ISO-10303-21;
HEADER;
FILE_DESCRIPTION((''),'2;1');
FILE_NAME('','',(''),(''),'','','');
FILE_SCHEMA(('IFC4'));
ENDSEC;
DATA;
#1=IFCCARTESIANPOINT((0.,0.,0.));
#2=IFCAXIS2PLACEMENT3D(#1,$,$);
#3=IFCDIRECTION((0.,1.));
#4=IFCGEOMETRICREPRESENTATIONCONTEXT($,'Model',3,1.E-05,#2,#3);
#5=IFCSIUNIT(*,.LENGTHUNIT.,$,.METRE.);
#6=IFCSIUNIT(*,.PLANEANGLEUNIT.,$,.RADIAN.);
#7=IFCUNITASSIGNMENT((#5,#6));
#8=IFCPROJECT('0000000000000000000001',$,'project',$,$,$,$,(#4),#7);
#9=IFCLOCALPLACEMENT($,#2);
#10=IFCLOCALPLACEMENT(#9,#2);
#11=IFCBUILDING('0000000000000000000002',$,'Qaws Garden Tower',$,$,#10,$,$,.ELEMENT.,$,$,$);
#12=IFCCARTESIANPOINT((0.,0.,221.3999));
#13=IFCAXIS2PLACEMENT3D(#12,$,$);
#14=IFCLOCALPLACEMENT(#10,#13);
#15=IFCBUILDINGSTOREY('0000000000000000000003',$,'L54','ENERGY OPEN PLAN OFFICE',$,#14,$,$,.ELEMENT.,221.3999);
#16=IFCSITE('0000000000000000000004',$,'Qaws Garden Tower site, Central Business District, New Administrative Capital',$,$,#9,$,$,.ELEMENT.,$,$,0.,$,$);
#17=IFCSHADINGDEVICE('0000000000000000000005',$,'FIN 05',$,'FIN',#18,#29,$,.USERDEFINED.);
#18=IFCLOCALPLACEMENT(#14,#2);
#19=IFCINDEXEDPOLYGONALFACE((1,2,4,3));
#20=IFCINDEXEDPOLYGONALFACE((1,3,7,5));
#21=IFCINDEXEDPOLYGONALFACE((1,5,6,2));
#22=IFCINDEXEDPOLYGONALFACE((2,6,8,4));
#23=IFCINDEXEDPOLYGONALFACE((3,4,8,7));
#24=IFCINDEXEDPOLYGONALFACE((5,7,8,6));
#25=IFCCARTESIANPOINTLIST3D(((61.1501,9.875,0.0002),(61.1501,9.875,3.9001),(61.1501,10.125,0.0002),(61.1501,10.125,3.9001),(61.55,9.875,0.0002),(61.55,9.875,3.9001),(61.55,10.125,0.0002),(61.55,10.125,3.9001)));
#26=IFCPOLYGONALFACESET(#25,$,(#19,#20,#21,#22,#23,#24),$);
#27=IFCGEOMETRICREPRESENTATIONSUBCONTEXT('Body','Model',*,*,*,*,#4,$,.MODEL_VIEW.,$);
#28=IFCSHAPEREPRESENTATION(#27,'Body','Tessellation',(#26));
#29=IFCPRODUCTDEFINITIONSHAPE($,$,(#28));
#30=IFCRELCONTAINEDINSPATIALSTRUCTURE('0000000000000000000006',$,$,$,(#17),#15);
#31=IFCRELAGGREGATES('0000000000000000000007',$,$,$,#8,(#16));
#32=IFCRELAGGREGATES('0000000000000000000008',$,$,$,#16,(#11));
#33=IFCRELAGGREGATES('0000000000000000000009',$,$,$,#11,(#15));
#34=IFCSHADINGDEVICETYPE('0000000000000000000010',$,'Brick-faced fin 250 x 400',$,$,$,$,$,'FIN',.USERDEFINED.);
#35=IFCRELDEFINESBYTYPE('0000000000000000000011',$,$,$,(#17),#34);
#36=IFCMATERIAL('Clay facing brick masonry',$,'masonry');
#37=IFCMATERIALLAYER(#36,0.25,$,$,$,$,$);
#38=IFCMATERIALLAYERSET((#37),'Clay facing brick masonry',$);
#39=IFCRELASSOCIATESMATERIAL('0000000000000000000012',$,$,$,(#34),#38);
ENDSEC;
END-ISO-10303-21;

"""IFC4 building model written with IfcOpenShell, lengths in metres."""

from ifc_helpers import new_model, si_unit, direction, frame, origin, origin_2d, place, context, subcontext, project, spatial, rectangle, extrude, material, layer, layer_set, type_object, element, save


model = new_model("IFC4")

# Units and contexts
model_context = context("Model", 3, precision=1e-05, world=origin(), true_north=direction((0.0, 1.0)))
body_context = subcontext(model_context, "Body", "Model", "MODEL_VIEW")
ifc_project = project(units=[si_unit("LENGTHUNIT", "METRE"), si_unit("PLANEANGLEUNIT", "RADIAN")], contexts=[model_context])

# Site, building, storey
site_placement = place(None, origin())
site = spatial("IfcSite", under=ifc_project, at=site_placement, Name="Qaws Garden Tower site, Central Business District, New Administrative Capital", CompositionType="ELEMENT", RefElevation=0.0)
building_placement = place(site_placement, origin())
building = spatial("IfcBuilding", under=site, at=building_placement, Name="Qaws Garden Tower", CompositionType="ELEMENT")
storey_placement = place(building_placement, frame((0.0, 0.0, 221.3999)))
storey = spatial("IfcBuildingStorey", under=building, at=storey_placement, Name="L54", Description="ENERGY OPEN PLAN OFFICE", CompositionType="ELEMENT", Elevation=221.3999)

# Shading device
ifc_material_1 = material(Name="Clay facing brick masonry", Category="masonry")
ifc_layer_1 = layer(ifc_material_1, 0.25)
ifc_layer_set_1 = layer_set([ifc_layer_1], Name="Clay facing brick masonry")
shading_device_type = type_object("IfcShadingDeviceType", Name="Brick-faced fin 250 x 400", ElementType="FIN", PredefinedType="USERDEFINED", material=ifc_layer_set_1)
shading_device_placement = place(storey_placement, frame((61.3501, 10.0, 0.0002), z_axis=(0.0, 0.0, 1.0), x_axis=(0.0, 1.0, 0.0)))
element("IfcShadingDevice", 1, at=shading_device_placement, inside=storey, type_object=shading_device_type, Name="FIN 05", ObjectType="FIN", PredefinedType="USERDEFINED", context=body_context, shape_type="SweptSolid", body=[
    extrude(rectangle(XDim=0.25, YDim=0.3999, at=origin_2d()), origin(), (0.0, 0.0, 1.0), 3.8999),
])

save(model, "model.ifc")
